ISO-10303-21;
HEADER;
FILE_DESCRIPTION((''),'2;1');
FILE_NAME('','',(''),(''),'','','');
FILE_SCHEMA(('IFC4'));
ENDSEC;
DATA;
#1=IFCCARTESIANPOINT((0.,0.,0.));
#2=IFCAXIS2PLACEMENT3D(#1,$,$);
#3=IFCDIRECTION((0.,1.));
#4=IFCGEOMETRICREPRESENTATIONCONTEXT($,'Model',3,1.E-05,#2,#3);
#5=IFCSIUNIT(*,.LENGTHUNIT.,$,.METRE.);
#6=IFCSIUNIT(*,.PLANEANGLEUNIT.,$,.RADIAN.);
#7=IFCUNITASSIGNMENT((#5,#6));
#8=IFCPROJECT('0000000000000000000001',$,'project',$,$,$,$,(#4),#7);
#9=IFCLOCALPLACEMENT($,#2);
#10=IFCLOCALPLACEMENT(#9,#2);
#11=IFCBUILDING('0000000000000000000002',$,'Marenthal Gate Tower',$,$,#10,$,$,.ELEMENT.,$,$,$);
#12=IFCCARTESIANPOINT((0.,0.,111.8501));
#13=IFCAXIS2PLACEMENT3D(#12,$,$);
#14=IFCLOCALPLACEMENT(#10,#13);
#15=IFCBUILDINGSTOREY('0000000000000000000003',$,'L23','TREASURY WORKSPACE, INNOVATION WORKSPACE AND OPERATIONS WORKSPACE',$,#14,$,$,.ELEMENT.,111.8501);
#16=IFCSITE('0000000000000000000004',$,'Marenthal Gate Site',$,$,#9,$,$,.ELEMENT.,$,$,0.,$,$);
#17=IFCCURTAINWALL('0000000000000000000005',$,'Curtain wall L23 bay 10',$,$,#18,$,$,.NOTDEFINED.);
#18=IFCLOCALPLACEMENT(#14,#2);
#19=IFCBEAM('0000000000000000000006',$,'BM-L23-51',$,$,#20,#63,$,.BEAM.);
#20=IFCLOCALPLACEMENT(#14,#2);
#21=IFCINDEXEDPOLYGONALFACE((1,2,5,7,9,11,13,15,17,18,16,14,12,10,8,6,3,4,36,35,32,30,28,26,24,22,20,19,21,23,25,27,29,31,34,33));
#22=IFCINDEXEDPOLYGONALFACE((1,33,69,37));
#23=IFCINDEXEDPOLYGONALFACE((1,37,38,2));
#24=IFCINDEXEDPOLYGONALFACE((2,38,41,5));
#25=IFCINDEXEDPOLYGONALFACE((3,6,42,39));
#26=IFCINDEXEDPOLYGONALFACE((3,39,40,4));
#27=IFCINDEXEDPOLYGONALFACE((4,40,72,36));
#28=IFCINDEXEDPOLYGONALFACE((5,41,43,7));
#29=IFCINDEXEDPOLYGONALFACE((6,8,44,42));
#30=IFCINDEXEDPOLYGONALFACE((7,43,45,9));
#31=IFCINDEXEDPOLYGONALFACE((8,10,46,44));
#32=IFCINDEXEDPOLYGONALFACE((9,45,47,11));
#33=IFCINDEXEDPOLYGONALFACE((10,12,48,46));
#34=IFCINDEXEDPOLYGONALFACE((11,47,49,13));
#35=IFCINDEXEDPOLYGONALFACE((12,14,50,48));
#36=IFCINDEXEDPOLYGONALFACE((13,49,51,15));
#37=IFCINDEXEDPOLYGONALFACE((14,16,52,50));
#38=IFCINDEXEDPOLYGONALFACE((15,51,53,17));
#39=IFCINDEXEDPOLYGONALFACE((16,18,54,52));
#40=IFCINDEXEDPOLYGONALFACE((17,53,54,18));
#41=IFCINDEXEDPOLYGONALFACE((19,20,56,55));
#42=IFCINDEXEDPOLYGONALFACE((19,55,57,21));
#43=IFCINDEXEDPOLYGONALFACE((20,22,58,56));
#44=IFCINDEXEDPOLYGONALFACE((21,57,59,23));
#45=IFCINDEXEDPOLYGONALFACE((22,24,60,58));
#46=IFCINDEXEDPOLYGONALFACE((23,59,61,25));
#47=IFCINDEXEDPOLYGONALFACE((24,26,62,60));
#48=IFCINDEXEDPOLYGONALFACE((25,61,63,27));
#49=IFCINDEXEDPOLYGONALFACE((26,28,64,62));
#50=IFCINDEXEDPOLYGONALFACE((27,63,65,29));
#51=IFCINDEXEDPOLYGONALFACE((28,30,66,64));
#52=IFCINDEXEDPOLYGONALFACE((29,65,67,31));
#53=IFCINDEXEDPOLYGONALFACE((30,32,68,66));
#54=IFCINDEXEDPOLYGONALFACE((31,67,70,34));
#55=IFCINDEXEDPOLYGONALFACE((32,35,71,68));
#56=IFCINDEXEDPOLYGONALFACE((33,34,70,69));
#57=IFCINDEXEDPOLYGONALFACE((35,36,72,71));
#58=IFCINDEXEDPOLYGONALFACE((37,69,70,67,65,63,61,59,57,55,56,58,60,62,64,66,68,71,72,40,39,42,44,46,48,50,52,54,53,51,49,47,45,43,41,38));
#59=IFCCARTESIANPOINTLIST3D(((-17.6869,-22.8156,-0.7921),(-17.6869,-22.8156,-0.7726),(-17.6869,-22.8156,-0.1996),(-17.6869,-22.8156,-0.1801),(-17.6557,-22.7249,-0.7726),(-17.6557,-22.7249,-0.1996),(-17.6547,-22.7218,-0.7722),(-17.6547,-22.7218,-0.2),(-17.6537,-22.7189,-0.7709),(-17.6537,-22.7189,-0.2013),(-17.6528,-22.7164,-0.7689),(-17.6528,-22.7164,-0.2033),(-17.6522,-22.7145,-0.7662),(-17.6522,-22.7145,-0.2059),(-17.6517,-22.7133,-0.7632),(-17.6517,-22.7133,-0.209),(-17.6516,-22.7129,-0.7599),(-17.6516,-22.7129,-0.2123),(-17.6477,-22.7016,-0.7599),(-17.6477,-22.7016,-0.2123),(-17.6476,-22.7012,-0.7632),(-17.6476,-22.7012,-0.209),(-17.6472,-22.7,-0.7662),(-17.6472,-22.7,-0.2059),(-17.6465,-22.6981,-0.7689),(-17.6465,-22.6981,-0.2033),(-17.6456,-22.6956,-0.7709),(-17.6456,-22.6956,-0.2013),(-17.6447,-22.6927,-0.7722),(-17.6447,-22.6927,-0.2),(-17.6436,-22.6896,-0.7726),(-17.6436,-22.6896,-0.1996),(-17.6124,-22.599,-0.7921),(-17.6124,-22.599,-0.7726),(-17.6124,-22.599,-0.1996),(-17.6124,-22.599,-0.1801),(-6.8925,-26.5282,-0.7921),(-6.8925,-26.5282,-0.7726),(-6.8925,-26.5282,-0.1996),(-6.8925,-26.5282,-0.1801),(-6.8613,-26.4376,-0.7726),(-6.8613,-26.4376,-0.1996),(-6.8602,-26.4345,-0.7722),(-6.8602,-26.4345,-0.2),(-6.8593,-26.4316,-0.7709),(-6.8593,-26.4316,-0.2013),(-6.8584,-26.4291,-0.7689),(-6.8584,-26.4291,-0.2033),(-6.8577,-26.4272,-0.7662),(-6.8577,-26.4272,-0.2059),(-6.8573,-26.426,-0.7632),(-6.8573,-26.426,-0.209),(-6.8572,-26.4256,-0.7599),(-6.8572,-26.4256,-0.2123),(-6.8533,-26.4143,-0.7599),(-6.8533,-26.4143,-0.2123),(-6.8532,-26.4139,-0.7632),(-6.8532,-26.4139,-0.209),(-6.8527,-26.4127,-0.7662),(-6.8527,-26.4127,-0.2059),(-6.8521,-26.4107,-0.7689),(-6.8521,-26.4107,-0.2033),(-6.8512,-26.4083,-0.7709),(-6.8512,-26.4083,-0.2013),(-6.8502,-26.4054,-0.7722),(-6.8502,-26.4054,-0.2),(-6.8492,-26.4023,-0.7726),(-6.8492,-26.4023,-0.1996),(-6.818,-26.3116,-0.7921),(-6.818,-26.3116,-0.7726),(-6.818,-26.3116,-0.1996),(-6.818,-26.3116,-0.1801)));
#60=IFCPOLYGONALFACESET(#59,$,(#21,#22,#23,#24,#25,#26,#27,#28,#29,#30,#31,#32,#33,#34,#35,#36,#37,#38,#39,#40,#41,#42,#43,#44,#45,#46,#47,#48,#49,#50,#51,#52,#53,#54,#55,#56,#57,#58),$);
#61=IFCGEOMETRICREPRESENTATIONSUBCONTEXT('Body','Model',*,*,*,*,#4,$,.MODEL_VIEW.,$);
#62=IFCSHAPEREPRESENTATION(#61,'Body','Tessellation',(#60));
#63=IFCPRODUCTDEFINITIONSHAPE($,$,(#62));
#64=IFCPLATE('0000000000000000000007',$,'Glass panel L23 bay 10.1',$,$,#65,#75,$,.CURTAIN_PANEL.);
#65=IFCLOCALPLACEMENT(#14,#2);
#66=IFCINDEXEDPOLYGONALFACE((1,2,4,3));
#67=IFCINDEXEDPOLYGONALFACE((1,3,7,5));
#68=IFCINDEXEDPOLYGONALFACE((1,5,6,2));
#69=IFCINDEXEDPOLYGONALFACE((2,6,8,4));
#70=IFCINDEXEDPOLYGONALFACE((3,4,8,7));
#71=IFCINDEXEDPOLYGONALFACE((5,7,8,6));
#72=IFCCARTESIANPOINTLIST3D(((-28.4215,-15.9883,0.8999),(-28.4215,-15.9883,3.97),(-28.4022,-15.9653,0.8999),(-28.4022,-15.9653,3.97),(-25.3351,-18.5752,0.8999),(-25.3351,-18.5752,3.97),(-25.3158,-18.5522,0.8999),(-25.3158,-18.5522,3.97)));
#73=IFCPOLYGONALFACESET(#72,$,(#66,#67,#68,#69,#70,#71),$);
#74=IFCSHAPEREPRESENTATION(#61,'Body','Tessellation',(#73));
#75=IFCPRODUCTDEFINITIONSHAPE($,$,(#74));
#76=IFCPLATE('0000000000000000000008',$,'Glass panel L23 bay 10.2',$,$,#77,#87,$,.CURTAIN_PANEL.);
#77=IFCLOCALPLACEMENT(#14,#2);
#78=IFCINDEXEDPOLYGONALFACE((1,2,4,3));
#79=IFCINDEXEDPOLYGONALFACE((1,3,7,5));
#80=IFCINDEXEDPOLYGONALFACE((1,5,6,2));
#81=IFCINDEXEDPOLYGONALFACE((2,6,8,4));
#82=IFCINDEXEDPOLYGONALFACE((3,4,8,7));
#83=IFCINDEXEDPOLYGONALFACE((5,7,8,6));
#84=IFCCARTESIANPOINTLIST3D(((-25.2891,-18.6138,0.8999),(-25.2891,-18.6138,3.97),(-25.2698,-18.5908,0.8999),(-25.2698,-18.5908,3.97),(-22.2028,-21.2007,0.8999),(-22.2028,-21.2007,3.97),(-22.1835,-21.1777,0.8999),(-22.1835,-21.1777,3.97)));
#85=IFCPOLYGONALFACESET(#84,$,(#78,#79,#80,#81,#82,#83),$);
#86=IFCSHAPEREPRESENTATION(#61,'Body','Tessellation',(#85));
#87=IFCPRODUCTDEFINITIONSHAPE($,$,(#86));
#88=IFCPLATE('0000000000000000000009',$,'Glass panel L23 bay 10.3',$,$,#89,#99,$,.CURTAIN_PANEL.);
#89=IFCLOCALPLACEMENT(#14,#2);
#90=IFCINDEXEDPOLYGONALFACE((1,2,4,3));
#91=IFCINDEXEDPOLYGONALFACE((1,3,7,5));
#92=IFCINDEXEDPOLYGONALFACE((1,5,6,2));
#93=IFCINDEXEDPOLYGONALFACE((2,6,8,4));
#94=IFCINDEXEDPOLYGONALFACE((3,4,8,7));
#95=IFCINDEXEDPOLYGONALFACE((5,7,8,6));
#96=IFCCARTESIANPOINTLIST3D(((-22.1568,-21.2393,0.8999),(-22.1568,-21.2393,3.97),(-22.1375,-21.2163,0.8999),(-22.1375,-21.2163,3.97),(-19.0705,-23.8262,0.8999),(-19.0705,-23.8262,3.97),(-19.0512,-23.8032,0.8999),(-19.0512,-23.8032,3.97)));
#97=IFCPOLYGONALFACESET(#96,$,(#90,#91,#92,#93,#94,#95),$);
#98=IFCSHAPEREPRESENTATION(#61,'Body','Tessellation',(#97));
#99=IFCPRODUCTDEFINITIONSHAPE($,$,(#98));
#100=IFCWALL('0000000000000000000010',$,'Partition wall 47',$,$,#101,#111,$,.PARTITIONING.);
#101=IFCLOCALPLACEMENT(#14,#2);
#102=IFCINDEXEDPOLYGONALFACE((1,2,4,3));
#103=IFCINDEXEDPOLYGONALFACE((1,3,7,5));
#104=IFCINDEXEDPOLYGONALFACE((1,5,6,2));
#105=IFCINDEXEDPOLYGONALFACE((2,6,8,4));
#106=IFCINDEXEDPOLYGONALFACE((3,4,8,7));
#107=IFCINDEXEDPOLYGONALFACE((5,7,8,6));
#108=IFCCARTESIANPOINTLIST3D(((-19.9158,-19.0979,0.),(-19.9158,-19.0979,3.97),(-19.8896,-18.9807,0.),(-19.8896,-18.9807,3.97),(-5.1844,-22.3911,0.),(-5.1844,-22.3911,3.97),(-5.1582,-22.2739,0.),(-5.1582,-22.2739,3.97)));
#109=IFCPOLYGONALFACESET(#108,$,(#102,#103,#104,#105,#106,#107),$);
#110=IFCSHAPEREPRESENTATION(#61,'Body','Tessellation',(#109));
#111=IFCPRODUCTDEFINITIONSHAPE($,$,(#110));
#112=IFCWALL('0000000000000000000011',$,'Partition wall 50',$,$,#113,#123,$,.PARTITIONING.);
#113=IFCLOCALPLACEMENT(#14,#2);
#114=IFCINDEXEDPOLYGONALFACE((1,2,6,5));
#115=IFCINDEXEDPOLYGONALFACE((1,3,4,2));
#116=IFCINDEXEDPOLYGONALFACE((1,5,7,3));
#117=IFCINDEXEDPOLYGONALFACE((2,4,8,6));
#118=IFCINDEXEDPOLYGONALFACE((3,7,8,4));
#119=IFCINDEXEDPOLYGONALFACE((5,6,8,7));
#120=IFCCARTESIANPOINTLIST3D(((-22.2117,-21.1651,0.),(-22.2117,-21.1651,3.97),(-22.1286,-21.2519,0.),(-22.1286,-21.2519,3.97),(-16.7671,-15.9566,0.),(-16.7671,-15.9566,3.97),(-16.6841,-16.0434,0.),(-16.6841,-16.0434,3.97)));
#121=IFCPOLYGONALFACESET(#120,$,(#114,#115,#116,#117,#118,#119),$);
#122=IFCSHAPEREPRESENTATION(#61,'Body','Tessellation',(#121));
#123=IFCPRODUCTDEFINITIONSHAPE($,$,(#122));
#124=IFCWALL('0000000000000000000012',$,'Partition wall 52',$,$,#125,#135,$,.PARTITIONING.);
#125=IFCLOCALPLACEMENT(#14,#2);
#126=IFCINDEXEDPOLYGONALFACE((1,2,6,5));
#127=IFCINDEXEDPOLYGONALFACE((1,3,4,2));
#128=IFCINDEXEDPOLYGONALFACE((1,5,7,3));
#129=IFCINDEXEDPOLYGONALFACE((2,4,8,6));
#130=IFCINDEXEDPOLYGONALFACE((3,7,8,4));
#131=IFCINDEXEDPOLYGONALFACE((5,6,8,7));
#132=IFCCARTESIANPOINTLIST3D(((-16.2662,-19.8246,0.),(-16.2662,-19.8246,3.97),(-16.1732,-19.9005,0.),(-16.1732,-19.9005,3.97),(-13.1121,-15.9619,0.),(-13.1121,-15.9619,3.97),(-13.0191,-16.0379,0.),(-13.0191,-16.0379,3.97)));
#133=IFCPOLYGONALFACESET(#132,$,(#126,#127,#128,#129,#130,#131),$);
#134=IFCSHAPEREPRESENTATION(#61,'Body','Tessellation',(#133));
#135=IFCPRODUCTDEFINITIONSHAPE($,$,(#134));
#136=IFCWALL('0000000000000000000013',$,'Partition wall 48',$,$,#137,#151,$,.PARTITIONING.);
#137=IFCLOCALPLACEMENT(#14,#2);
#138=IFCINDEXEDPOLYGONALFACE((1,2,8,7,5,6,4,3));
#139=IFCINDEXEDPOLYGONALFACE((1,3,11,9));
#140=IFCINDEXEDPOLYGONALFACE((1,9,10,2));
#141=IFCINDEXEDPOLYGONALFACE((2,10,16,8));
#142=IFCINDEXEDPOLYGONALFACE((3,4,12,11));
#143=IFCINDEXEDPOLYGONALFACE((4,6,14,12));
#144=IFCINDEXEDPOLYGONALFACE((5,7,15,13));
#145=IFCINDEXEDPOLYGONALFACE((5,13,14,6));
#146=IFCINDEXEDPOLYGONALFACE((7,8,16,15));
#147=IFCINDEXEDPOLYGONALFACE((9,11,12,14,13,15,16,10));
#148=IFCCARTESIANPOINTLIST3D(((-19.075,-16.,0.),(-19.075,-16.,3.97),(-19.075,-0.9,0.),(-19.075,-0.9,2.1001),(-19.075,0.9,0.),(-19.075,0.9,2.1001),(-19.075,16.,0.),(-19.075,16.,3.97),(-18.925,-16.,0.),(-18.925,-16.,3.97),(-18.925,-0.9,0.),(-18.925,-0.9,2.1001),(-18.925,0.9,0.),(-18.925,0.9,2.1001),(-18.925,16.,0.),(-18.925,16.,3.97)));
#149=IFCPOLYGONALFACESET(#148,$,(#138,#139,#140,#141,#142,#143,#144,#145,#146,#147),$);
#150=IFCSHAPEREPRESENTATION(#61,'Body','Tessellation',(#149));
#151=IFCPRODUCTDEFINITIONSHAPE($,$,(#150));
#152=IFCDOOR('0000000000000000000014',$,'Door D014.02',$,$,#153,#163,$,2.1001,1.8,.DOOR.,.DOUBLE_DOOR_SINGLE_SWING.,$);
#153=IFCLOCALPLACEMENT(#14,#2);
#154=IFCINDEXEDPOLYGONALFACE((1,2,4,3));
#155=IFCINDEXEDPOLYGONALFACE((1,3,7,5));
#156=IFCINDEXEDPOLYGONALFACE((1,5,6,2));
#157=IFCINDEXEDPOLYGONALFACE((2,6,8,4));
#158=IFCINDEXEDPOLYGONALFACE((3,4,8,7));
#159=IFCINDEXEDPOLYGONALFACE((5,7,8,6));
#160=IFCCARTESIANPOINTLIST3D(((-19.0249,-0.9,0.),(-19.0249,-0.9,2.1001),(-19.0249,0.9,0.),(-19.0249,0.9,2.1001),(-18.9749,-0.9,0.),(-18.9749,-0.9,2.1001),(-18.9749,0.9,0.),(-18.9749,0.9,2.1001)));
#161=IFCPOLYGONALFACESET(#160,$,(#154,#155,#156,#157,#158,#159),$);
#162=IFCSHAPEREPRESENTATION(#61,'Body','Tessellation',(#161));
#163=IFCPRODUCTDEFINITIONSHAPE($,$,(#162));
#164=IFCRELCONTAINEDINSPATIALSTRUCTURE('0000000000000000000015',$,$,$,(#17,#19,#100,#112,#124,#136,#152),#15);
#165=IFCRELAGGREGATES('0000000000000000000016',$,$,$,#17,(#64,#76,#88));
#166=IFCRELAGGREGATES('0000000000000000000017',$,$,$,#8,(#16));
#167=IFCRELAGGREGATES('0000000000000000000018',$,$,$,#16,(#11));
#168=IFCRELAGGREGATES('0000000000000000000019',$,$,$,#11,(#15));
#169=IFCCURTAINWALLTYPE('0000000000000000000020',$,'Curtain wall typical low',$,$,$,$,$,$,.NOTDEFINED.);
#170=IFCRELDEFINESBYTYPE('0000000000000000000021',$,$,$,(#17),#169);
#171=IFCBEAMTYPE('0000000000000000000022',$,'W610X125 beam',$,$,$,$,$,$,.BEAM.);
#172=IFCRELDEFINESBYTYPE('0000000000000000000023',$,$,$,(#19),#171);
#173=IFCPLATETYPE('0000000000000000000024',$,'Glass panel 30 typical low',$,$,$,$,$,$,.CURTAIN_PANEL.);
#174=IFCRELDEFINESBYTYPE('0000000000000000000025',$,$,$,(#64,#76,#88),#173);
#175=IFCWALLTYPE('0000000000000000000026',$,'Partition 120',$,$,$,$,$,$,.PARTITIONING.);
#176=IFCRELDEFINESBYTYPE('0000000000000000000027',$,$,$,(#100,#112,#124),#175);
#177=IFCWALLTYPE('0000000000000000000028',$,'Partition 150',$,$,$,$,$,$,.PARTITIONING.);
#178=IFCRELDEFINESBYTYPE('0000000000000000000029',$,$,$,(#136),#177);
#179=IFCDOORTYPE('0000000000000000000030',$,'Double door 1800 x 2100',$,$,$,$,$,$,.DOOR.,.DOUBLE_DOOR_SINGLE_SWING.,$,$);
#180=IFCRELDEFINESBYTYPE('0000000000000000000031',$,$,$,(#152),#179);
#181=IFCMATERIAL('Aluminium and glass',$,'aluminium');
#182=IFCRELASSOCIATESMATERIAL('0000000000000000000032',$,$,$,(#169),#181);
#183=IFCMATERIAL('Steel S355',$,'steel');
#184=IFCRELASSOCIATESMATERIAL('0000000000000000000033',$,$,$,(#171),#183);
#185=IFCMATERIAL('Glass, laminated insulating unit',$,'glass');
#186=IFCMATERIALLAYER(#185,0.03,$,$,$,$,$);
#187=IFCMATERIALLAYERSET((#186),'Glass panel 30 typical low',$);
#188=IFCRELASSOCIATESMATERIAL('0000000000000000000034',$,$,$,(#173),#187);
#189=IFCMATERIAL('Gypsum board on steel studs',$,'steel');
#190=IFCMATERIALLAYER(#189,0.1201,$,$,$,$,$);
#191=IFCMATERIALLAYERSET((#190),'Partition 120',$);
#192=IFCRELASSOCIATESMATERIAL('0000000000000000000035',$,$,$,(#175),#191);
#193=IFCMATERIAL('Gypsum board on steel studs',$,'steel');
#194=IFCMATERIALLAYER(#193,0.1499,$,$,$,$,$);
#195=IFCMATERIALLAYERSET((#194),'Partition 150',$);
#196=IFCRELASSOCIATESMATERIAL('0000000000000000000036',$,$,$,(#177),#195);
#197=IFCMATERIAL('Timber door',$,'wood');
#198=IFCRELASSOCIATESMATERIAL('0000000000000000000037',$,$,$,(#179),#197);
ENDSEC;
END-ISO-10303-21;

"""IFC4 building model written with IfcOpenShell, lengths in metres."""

from ifc_helpers import new_model, si_unit, direction, frame, frame_2d, origin, origin_2d, place, context, subcontext, project, spatial, rectangle, i_section, extrude, material, layer, layer_set, material_profile, profile_set, type_object, element, fill, aggregate, save


model = new_model("IFC4")

# Units and contexts
model_context = context("Model", 3, precision=1e-05, world=origin(), true_north=direction((0.0, 1.0)))
body_context = subcontext(model_context, "Body", "Model", "MODEL_VIEW")
ifc_project = project(units=[si_unit("LENGTHUNIT", "METRE"), si_unit("PLANEANGLEUNIT", "RADIAN")], contexts=[model_context])

# Site, building, storey
site_placement = place(None, origin())
site = spatial("IfcSite", under=ifc_project, at=site_placement, Name="Marenthal Gate Site", CompositionType="ELEMENT", RefElevation=0.0)
building_placement = place(site_placement, origin())
building = spatial("IfcBuilding", under=site, at=building_placement, Name="Marenthal Gate Tower", CompositionType="ELEMENT")
storey_placement = place(building_placement, frame((0.0, 0.0, 111.8501)))
storey = spatial("IfcBuildingStorey", under=building, at=storey_placement, Name="L23", Description="TREASURY WORKSPACE, INNOVATION WORKSPACE AND OPERATIONS WORKSPACE", CompositionType="ELEMENT", Elevation=111.8501)

# Curtain wall
ifc_material_1 = material(Name="Aluminium and glass", Category="aluminium")
curtain_wall_type = type_object("IfcCurtainWallType", Name="Curtain wall typical low", PredefinedType="NOTDEFINED", material=ifc_material_1)
curtain_wall_placement = place(storey_placement, origin())
curtain_wall = element("IfcCurtainWall", 1, at=curtain_wall_placement, inside=storey, type_object=curtain_wall_type, Name="Curtain wall L23 bay 10", PredefinedType="NOTDEFINED")

# Beam
ifc_material_2 = material(Name="Steel S355", Category="steel")
ifc_material_profile_1 = material_profile(ifc_material_2, i_section(OverallWidth=0.229, OverallDepth=0.6121, WebThickness=0.012, FlangeThickness=0.0195, FilletRadius=0.0127, at=origin_2d()), Name="W610X125")
ifc_profile_set_1 = profile_set([ifc_material_profile_1], Name="Steel S355")
beam_type_1 = type_object("IfcBeamType", Name="W610X125 beam", PredefinedType="BEAM", material=ifc_profile_set_1)
beam_1_placement = place(storey_placement, frame((-17.6497, -22.7073, -0.4861), z_axis=(0.945631, -0.325241, 0.0), x_axis=(0.325241, 0.945631, 0.0)))
element("IfcBeam", 2, at=beam_1_placement, inside=storey, type_object=beam_type_1, Name="BM-L23-51", PredefinedType="BEAM", context=body_context, shape_type="SweptSolid", body=[
    extrude(i_section(OverallWidth=0.229, OverallDepth=0.6121, WebThickness=0.012, FlangeThickness=0.0195, FilletRadius=0.0127, at=origin_2d()), origin(), (0.0, 0.0, 1.0), 11.415),
])

# Plates
ifc_material_3 = material(Name="Glass, laminated insulating unit", Category="glass")
ifc_layer_1 = layer(ifc_material_3, 0.03)
ifc_layer_set_1 = layer_set([ifc_layer_1], Name="Glass panel 30 typical low")
plate_type = type_object("IfcPlateType", Name="Glass panel 30 typical low", PredefinedType="CURTAIN_PANEL", material=ifc_layer_set_1)
plate_1_placement = place(storey_placement, frame((-26.8687, -17.2703, 0.8999), z_axis=(0.0, 0.0, 1.0), x_axis=(0.766389, -0.642377, 0.0)))
plate_1 = element("IfcPlate", 3, at=plate_1_placement, type_object=plate_type, Name="Glass panel L23 bay 10.1", PredefinedType="CURTAIN_PANEL", context=body_context, shape_type="SweptSolid", body=[
    extrude(rectangle(XDim=4.0271, YDim=0.03, at=origin_2d()), origin(), (0.0, 0.0, 1.0), 3.0701),
])
plate_2_placement = place(storey_placement, frame((-23.7363, -19.8958, 0.8999), z_axis=(0.0, 0.0, 1.0), x_axis=(0.766389, -0.642377, 0.0)))
plate_2 = element("IfcPlate", 4, at=plate_2_placement, type_object=plate_type, Name="Glass panel L23 bay 10.2", PredefinedType="CURTAIN_PANEL", context=body_context, shape_type="SweptSolid", body=[
    extrude(rectangle(XDim=4.0271, YDim=0.03, at=origin_2d()), origin(), (0.0, 0.0, 1.0), 3.0701),
])
plate_3_placement = place(storey_placement, frame((-20.604, -22.5212, 0.8999), z_axis=(0.0, 0.0, 1.0), x_axis=(0.766389, -0.642377, 0.0)))
plate_3 = element("IfcPlate", 5, at=plate_3_placement, type_object=plate_type, Name="Glass panel L23 bay 10.3", PredefinedType="CURTAIN_PANEL", context=body_context, shape_type="SweptSolid", body=[
    extrude(rectangle(XDim=4.0271, YDim=0.03, at=origin_2d()), origin(), (0.0, 0.0, 1.0), 3.0701),
])
aggregate(curtain_wall, [plate_1, plate_2, plate_3])

# Walls
ifc_material_4 = material(Name="Gypsum board on steel studs", Category="steel")
ifc_layer_2 = layer(ifc_material_4, 0.1201)
ifc_layer_set_2 = layer_set([ifc_layer_2], Name="Partition 120")
wall_type_1 = type_object("IfcWallType", Name="Partition 120", PredefinedType="PARTITIONING", material=ifc_layer_set_2)
wall_1_placement = place(storey_placement, frame((-19.9026, -19.0393, 0.0), z_axis=(0.0, 0.0, 1.0), x_axis=(0.975912, -0.218165, 0.0)))
element("IfcWall", 6, at=wall_1_placement, inside=storey, type_object=wall_type_1, Name="Partition wall 47", PredefinedType="PARTITIONING", context=body_context, shape_type="SweptSolid", body=[
    extrude(rectangle(XDim=15.095, YDim=0.1201, at=frame_2d((7.5474, 0.0))), origin(), (0.0, 0.0, 1.0), 3.97),
])
wall_2_placement = place(storey_placement, frame((-16.7256, -16.0, 0.0), z_axis=(0.0, 0.0, 1.0), x_axis=(-0.7226, -0.691267, 0.0)))
element("IfcWall", 7, at=wall_2_placement, inside=storey, type_object=wall_type_1, Name="Partition wall 50", PredefinedType="PARTITIONING", context=body_context, shape_type="SweptSolid", body=[
    extrude(rectangle(XDim=7.5347, YDim=0.1201, at=frame_2d((3.7673, 0.0))), origin(), (0.0, 0.0, 1.0), 3.97),
])
wall_3_placement = place(storey_placement, frame((-16.2197, -19.8625, 0.0), z_axis=(0.0, 0.0, 1.0), x_axis=(0.632491, 0.774568, 0.0)))
element("IfcWall", 8, at=wall_3_placement, inside=storey, type_object=wall_type_1, Name="Partition wall 52", PredefinedType="PARTITIONING", context=body_context, shape_type="SweptSolid", body=[
    extrude(rectangle(XDim=4.9868, YDim=0.1201, at=frame_2d((2.4934, 0.0))), origin(), (0.0, 0.0, 1.0), 3.97),
])

# Wall, opening, door
ifc_material_5 = material(Name="Gypsum board on steel studs", Category="steel")
ifc_layer_3 = layer(ifc_material_5, 0.1499)
ifc_layer_set_3 = layer_set([ifc_layer_3], Name="Partition 150")
wall_type_2 = type_object("IfcWallType", Name="Partition 150", PredefinedType="PARTITIONING", material=ifc_layer_set_3)
wall_4_placement = place(storey_placement, frame((-19.0, -16.0, 0.0), z_axis=(0.0, 0.0, 1.0), x_axis=(0.0, 1.0, 0.0)))
wall_4 = element("IfcWall", 9, at=wall_4_placement, inside=storey, type_object=wall_type_2, Name="Partition wall 48", PredefinedType="PARTITIONING", context=body_context, shape_type="SweptSolid", body=[
    extrude(rectangle(XDim=32.0, YDim=0.1499, at=frame_2d((16.0, 0.0))), origin(), (0.0, 0.0, 1.0), 3.97),
])
opening_1_placement = place(wall_4_placement, frame((15.1001, 0.0, 0.0)))
opening_1 = element("IfcOpeningElement", 10, at=opening_1_placement, cuts=wall_4, PredefinedType="OPENING", context=body_context, shape_type="SweptSolid", body=[
    extrude(rectangle(XDim=1.8, YDim=2.1001, at=frame_2d((0.8999, 1.05))), frame((0.0, 0.085, 0.0), z_axis=(0.0, -1.0, 0.0), x_axis=(1.0, 0.0, 0.0)), (0.0, 0.0, 1.0), 0.1699),
])
ifc_material_6 = material(Name="Timber door", Category="wood")
door_type_1 = type_object("IfcDoorType", Name="Double door 1800 x 2100", OperationType="DOUBLE_DOOR_SINGLE_SWING", PredefinedType="DOOR", material=ifc_material_6)
door_1_placement = place(opening_1_placement, origin())
door_1 = element("IfcDoor", 11, at=door_1_placement, inside=storey, type_object=door_type_1, Name="Door D014.02", OperationType="DOUBLE_DOOR_SINGLE_SWING", OverallHeight=2.1001, OverallWidth=1.8, PredefinedType="DOOR", context=body_context, shape_type="SweptSolid", body=[
    extrude(rectangle(XDim=1.8, YDim=2.1001, at=frame_2d((0.8999, 1.05))), frame((0.0, 0.0249, 0.0), z_axis=(0.0, -1.0, 0.0), x_axis=(1.0, 0.0, 0.0)), (0.0, 0.0, 1.0), 0.05),
])
fill(opening_1, door_1)

save(model, "model.ifc")
